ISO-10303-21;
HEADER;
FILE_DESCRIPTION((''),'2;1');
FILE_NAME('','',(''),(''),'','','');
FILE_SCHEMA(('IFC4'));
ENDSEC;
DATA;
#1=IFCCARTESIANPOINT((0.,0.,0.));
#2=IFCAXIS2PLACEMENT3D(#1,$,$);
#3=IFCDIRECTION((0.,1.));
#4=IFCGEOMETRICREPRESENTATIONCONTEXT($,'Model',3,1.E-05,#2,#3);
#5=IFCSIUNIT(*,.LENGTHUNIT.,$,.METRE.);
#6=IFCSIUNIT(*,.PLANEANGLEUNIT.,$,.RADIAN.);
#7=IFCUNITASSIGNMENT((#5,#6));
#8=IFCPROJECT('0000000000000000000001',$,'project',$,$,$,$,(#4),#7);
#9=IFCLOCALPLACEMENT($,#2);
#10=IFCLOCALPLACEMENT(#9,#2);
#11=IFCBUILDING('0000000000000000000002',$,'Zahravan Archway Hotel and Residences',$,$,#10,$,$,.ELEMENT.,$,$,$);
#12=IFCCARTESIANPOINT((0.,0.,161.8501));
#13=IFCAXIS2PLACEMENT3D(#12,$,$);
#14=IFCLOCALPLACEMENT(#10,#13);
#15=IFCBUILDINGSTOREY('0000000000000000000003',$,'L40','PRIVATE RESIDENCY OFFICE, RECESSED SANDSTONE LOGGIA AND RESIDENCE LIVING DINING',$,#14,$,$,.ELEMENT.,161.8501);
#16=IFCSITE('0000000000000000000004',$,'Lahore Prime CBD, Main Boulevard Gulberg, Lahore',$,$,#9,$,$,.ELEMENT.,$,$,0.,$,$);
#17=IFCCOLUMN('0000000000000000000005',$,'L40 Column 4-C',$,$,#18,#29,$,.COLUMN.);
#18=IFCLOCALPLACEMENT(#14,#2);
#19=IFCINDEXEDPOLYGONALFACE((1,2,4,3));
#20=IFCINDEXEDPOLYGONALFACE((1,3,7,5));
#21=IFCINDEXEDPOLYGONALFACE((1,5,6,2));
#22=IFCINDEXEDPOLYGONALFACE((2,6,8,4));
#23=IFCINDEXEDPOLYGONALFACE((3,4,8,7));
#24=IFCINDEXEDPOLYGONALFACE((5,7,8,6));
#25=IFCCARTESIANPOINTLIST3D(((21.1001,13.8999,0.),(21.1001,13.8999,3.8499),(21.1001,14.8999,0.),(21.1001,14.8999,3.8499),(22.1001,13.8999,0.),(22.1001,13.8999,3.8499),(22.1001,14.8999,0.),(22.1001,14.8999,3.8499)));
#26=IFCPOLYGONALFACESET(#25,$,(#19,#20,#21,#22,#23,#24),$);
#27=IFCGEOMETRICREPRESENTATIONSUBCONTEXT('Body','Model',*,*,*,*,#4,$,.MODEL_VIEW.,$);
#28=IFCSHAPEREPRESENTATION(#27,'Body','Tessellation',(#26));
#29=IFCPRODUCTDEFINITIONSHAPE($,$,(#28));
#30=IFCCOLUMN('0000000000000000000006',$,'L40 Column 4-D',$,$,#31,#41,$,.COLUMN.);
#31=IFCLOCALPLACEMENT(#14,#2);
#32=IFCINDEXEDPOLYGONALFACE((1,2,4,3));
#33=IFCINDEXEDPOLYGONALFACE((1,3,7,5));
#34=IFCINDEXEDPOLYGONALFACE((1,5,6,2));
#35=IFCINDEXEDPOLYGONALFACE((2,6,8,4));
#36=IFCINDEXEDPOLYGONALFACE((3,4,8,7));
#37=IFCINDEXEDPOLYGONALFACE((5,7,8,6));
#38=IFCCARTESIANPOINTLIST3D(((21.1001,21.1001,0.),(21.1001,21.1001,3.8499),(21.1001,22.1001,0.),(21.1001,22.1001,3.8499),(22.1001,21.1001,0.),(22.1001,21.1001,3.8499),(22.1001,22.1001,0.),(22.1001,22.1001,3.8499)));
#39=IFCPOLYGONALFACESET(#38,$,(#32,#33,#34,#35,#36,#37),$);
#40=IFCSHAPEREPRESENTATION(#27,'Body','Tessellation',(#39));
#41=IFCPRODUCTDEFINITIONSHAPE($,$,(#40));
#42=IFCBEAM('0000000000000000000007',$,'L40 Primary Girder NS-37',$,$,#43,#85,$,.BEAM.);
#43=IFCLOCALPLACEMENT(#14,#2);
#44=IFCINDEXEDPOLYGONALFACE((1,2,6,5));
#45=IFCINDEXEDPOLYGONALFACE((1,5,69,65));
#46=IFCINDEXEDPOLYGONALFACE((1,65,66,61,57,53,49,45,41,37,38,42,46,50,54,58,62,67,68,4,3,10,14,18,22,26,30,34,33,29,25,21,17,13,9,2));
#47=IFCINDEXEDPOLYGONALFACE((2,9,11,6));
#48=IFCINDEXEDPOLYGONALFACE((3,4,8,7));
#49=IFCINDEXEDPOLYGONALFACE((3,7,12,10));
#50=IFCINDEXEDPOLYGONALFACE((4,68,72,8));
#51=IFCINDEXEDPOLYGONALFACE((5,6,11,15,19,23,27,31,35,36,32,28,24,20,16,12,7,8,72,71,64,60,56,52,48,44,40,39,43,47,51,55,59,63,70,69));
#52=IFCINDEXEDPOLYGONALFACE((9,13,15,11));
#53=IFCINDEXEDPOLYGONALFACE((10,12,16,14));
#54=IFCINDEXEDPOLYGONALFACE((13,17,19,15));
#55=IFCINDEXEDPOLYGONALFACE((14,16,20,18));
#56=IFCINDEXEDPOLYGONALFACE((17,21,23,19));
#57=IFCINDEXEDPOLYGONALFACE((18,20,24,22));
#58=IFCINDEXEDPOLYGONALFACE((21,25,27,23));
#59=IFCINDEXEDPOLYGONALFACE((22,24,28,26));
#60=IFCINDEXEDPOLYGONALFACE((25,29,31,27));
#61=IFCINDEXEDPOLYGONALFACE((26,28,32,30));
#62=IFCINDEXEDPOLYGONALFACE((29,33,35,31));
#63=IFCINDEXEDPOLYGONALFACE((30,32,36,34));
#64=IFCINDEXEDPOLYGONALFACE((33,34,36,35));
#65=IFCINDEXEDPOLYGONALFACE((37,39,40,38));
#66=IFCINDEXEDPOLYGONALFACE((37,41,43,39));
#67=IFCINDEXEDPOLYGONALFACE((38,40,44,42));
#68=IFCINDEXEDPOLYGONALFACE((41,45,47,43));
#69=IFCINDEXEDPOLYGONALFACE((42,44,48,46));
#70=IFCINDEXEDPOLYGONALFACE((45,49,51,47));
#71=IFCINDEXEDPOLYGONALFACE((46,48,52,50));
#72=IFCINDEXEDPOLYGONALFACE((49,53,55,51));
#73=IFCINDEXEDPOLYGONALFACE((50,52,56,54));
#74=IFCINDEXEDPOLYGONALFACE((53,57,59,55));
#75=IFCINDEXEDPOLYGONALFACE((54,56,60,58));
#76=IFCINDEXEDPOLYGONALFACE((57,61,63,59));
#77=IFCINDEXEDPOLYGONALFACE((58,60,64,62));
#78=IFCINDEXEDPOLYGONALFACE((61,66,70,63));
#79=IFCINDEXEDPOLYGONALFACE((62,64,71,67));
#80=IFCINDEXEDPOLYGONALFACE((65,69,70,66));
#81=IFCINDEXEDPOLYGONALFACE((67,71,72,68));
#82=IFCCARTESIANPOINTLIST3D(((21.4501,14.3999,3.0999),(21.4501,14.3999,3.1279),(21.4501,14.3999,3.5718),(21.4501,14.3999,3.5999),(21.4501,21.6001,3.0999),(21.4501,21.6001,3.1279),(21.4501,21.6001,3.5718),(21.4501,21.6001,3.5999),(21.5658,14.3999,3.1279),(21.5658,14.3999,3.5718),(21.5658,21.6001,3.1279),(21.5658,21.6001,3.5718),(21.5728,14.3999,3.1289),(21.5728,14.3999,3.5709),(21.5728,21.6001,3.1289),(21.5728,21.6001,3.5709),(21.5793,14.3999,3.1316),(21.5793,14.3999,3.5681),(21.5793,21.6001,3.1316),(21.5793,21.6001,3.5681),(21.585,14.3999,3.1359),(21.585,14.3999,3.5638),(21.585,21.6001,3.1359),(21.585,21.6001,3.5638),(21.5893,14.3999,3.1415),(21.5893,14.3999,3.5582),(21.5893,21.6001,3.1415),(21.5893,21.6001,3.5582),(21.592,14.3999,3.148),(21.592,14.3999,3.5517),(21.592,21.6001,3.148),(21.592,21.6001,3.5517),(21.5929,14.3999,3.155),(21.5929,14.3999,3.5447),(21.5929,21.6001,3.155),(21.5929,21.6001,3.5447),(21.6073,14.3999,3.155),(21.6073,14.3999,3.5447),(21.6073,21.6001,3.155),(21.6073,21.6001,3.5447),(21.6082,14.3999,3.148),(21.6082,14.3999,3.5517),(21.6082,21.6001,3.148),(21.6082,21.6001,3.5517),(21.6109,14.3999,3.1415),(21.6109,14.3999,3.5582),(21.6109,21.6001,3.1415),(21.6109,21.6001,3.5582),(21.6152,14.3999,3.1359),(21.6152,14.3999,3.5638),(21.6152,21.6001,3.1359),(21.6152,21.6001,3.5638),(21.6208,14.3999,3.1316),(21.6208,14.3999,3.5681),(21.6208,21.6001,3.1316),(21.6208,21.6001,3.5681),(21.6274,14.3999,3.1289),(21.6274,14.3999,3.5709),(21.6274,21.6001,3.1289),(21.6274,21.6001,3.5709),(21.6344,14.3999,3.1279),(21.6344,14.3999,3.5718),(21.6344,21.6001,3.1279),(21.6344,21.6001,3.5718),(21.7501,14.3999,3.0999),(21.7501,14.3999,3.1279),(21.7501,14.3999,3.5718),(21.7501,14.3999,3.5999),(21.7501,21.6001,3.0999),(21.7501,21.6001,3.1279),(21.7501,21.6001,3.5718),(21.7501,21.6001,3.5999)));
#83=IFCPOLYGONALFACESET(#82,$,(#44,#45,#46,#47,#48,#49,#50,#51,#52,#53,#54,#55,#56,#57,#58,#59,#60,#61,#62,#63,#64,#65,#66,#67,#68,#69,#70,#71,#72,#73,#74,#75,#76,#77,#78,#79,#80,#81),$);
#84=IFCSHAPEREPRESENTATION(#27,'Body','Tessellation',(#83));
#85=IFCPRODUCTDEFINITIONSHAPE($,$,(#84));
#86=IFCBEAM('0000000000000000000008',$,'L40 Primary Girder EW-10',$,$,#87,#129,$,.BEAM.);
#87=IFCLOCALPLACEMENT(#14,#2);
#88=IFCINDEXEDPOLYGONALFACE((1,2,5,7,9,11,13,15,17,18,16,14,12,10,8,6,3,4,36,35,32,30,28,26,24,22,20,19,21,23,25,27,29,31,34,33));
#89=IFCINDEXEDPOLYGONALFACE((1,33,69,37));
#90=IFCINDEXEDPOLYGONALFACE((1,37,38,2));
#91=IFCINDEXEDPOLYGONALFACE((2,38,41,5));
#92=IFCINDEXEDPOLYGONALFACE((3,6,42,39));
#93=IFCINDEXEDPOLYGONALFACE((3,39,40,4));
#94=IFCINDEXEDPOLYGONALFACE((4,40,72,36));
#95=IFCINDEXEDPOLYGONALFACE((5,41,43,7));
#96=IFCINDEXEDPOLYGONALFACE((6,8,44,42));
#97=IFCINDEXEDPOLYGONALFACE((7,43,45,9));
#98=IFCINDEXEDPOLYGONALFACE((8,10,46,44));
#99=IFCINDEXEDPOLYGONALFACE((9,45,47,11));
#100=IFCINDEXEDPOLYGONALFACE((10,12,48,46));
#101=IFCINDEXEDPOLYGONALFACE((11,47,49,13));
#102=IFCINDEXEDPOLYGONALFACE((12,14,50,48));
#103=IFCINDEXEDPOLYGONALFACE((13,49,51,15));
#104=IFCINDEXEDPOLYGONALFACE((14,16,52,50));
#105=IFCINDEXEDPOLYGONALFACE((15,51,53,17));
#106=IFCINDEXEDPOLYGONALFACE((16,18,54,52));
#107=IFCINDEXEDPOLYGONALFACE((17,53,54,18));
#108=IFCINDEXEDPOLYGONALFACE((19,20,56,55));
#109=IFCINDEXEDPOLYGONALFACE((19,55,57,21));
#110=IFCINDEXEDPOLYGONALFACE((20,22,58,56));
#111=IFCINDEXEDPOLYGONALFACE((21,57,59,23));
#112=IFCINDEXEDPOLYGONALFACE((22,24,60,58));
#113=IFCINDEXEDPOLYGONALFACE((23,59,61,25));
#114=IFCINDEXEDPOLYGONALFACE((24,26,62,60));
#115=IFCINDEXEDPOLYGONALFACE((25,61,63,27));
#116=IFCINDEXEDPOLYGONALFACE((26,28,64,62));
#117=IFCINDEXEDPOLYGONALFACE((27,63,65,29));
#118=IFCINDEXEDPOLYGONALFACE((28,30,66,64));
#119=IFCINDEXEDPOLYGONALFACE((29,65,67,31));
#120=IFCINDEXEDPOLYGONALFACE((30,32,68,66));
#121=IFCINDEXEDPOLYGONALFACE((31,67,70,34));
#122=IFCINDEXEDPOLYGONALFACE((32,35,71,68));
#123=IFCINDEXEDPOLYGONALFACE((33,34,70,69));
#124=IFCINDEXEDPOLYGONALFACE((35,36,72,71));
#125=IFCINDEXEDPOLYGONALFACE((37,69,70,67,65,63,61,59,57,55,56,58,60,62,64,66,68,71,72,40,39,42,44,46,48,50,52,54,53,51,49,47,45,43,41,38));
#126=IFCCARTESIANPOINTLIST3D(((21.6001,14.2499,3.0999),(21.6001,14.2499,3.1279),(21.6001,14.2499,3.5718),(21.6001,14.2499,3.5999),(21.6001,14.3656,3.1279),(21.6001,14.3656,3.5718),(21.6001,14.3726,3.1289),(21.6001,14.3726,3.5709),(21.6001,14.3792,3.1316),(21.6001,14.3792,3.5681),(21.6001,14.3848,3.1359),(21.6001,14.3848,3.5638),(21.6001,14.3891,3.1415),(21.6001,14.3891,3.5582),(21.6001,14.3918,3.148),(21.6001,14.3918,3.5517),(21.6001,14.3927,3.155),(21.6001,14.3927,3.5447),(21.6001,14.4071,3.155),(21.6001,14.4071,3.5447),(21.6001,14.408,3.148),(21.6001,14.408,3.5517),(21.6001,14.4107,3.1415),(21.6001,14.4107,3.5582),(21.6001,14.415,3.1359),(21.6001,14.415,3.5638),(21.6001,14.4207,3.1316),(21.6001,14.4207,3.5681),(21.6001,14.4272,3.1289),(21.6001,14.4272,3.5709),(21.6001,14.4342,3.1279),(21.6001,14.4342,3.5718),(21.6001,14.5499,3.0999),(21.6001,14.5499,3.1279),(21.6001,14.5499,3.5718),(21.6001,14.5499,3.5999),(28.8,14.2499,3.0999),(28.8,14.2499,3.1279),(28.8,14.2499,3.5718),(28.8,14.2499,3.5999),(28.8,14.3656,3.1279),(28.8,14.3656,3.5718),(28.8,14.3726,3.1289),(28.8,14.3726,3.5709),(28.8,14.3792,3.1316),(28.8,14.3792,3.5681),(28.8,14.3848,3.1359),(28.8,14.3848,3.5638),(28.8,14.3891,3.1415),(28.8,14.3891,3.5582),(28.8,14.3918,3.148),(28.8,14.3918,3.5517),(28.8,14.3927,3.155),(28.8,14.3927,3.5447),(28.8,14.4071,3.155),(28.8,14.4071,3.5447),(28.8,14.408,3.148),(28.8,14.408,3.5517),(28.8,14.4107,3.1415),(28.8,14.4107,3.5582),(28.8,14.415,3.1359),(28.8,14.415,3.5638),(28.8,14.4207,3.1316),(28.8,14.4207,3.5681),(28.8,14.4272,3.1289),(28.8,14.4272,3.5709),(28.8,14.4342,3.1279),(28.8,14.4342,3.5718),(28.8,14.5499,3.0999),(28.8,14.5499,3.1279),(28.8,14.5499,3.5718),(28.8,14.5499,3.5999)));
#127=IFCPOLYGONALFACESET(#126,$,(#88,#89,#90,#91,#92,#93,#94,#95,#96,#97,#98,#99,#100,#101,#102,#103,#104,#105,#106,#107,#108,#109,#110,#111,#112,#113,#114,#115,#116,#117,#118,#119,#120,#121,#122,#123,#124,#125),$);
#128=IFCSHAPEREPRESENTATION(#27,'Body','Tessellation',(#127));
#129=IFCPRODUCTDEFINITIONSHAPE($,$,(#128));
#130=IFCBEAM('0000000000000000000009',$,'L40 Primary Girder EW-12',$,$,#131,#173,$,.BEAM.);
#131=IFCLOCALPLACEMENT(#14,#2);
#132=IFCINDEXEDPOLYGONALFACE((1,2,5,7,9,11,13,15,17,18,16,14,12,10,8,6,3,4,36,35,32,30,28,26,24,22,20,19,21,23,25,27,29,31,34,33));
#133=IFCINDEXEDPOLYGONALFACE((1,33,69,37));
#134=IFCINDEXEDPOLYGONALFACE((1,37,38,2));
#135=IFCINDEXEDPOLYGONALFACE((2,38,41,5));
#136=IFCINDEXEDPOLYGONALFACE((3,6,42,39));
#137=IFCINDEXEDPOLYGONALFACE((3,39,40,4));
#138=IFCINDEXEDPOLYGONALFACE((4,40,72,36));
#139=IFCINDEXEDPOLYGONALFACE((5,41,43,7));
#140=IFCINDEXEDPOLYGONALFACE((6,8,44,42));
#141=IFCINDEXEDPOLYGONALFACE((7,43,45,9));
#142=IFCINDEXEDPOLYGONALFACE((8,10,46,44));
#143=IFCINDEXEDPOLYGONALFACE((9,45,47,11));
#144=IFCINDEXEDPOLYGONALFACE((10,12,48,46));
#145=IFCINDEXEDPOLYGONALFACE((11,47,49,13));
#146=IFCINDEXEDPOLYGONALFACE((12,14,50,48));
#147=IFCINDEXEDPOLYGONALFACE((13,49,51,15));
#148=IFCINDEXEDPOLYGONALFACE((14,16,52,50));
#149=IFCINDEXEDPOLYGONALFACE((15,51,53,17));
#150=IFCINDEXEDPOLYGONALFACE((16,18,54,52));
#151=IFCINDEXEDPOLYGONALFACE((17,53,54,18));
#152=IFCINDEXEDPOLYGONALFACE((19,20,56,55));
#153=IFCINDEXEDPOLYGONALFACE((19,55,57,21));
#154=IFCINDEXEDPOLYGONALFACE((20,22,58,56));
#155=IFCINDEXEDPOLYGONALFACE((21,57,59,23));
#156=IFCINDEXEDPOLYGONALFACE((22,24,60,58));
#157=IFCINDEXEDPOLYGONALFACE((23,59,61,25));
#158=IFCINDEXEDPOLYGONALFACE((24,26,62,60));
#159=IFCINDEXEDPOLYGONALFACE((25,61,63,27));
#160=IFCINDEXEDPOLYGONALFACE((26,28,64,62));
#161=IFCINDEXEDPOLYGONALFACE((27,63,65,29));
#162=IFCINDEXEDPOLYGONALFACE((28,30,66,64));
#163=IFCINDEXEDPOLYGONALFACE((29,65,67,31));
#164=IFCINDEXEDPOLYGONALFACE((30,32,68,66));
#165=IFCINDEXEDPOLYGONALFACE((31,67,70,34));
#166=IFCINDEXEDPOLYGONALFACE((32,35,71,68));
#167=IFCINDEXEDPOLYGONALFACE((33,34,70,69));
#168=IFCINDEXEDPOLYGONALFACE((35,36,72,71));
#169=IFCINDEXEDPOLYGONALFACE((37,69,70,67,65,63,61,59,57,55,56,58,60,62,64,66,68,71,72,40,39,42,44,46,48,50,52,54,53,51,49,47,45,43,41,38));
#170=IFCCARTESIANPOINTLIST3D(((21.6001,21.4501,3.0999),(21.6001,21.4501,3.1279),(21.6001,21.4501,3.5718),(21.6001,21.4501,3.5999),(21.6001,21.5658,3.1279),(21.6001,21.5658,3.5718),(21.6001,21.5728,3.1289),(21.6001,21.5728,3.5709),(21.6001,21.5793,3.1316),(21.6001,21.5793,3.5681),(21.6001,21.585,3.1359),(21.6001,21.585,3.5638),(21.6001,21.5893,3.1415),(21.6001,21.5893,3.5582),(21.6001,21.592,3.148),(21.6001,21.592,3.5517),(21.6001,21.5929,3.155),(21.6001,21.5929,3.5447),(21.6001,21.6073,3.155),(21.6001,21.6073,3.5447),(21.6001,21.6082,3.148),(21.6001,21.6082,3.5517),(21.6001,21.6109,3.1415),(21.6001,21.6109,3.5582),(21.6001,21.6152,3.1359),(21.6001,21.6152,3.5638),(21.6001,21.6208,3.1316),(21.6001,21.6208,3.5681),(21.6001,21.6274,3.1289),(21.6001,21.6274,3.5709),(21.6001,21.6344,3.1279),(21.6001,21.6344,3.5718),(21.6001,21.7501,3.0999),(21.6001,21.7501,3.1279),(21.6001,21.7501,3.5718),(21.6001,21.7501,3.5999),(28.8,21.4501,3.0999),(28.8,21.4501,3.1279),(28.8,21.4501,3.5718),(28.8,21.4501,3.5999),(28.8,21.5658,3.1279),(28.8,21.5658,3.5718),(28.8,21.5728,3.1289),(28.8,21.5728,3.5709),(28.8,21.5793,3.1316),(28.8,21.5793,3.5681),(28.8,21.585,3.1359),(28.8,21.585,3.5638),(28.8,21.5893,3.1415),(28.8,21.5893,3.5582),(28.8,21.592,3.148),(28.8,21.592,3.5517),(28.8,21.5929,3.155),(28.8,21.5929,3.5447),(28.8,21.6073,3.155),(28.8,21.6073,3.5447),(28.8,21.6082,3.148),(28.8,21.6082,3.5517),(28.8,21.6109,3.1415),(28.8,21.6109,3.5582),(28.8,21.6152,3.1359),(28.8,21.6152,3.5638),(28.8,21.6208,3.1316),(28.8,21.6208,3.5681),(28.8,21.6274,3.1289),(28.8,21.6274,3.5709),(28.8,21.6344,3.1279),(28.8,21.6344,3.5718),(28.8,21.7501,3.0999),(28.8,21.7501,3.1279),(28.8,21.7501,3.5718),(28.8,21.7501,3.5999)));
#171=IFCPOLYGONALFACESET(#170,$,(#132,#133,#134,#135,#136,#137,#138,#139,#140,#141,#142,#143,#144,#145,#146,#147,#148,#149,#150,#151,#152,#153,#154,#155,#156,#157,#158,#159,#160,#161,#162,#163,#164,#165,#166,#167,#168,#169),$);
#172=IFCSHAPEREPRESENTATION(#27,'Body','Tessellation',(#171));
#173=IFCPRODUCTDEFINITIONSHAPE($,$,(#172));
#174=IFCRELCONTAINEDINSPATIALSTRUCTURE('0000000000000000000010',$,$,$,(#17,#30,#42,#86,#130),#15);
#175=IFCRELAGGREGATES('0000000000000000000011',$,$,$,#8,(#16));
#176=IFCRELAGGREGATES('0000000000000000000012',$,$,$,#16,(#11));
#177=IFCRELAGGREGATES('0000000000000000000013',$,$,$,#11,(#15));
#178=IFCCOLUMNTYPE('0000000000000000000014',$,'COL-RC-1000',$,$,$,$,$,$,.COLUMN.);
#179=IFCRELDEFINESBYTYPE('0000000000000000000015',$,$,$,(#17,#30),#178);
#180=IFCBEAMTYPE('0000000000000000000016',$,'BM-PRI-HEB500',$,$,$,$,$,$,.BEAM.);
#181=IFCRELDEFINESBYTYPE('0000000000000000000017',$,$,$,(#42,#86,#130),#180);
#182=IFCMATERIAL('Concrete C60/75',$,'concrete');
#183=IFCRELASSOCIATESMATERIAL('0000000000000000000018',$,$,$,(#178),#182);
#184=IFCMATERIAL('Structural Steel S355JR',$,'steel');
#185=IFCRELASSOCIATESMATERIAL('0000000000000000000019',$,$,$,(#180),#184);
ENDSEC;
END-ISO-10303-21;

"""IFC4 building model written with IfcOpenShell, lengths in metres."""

from ifc_helpers import new_model, si_unit, direction, frame, origin, origin_2d, place, context, subcontext, project, spatial, rectangle, i_section, extrude, source, transform, mapped, material, material_profile, profile_set, type_object, type_shapes, element, save


model = new_model("IFC4")

# Units and contexts
model_context = context("Model", 3, precision=1e-05, world=origin(), true_north=direction((0.0, 1.0)))
body_context = subcontext(model_context, "Body", "Model", "MODEL_VIEW")
ifc_project = project(units=[si_unit("LENGTHUNIT", "METRE"), si_unit("PLANEANGLEUNIT", "RADIAN")], contexts=[model_context])

# Site, building, storey
site_placement = place(None, origin())
site = spatial("IfcSite", under=ifc_project, at=site_placement, Name="Lahore Prime CBD, Main Boulevard Gulberg, Lahore", CompositionType="ELEMENT", RefElevation=0.0)
building_placement = place(site_placement, origin())
building = spatial("IfcBuilding", under=site, at=building_placement, Name="Zahravan Archway Hotel and Residences", CompositionType="ELEMENT")
storey_placement = place(building_placement, frame((0.0, 0.0, 161.8501)))
storey = spatial("IfcBuildingStorey", under=building, at=storey_placement, Name="L40", Description="PRIVATE RESIDENCY OFFICE, RECESSED SANDSTONE LOGGIA AND RESIDENCE LIVING DINING", CompositionType="ELEMENT", Elevation=161.8501)

# Columns
ifc_material_1 = material(Name="Concrete C60/75", Category="concrete")
ifc_material_profile_1 = material_profile(ifc_material_1, rectangle(XDim=1.0, YDim=1.0, at=origin_2d()), Name="RC-COL-1000x1000", Category="concrete")
ifc_profile_set_1 = profile_set([ifc_material_profile_1], Name="Concrete C60/75")
column_type = type_object("IfcColumnType", Name="COL-RC-1000", PredefinedType="COLUMN", material=ifc_profile_set_1)
shared_shape_1 = source(origin(), body_context, "Body", "SweptSolid", [
    extrude(rectangle(XDim=1.0, YDim=1.0, at=origin_2d()), origin(), (0.0, 0.0, 1.0), 3.8499),
])
for number, where, z_axis, x_axis, name in (
    (1, (21.6001, 14.3999, 0.0), (0.0, 0.0, 1.0), (1.0, 0.0, 0.0), "L40 Column 4-C"),
    (2, (21.6001, 21.6001, 0.0), (0.0, 0.0, 1.0), (1.0, 0.0, 0.0), "L40 Column 4-D"),
):
    element("IfcColumn", number, at=place(storey_placement, frame(where, z_axis=z_axis, x_axis=x_axis)), inside=storey, type_object=column_type, Name=name, PredefinedType="COLUMN", context=body_context, shape_type="MappedRepresentation", body=[
        mapped(shared_shape_1, transform((0.0, 0.0, 0.0), scale=1.0)),
    ])

# Beams
ifc_material_2 = material(Name="Structural Steel S355JR", Category="steel")
ifc_material_profile_2 = material_profile(ifc_material_2, i_section(OverallWidth=0.3, OverallDepth=0.5, WebThickness=0.0144, FlangeThickness=0.0281, FilletRadius=0.0271, at=origin_2d()), Name="HEB 500", Category="steel")
ifc_profile_set_2 = profile_set([ifc_material_profile_2], Name="Structural Steel S355JR")
beam_type_1 = type_object("IfcBeamType", Name="BM-PRI-HEB500", PredefinedType="BEAM", material=ifc_profile_set_2)
shared_shape_2 = source(origin(), body_context, "Body", "SweptSolid", [
    extrude(i_section(OverallWidth=0.3, OverallDepth=0.5, WebThickness=0.0144, FlangeThickness=0.0281, FilletRadius=0.0271, at=origin_2d()), origin(), (0.0, 0.0, 1.0), 7.2002),
])
type_shapes(beam_type_1, [shared_shape_2])
beam_1_placement = place(storey_placement, frame((21.6001, 14.3999, 3.3499), z_axis=(0.0, 1.0, 0.0), x_axis=(-1.0, 0.0, 0.0)))
element("IfcBeam", 3, at=beam_1_placement, inside=storey, type_object=beam_type_1, Name="L40 Primary Girder NS-37", PredefinedType="BEAM", context=body_context, shape_type="MappedRepresentation", body=[
    mapped(shared_shape_2, transform((0.0, 0.0, 0.0), scale=1.0)),
])
shared_shape_3 = source(origin(), body_context, "Body", "SweptSolid", [
    extrude(i_section(OverallWidth=0.3, OverallDepth=0.5, WebThickness=0.0144, FlangeThickness=0.0281, FilletRadius=0.0271, at=origin_2d()), origin(), (0.0, 0.0, 1.0), 7.2),
])
for number, where, z_axis, x_axis, name in (
    (4, (21.6001, 14.3999, 3.3499), (1.0, 0.0, 0.0), (0.0, 1.0, 0.0), "L40 Primary Girder EW-10"),
    (5, (21.6001, 21.6001, 3.3499), (1.0, 0.0, 0.0), (0.0, 1.0, 0.0), "L40 Primary Girder EW-12"),
):
    element("IfcBeam", number, at=place(storey_placement, frame(where, z_axis=z_axis, x_axis=x_axis)), inside=storey, type_object=beam_type_1, Name=name, PredefinedType="BEAM", context=body_context, shape_type="MappedRepresentation", body=[
        mapped(shared_shape_3, transform((0.0, 0.0, 0.0), scale=1.0)),
    ])

save(model, "model.ifc")
